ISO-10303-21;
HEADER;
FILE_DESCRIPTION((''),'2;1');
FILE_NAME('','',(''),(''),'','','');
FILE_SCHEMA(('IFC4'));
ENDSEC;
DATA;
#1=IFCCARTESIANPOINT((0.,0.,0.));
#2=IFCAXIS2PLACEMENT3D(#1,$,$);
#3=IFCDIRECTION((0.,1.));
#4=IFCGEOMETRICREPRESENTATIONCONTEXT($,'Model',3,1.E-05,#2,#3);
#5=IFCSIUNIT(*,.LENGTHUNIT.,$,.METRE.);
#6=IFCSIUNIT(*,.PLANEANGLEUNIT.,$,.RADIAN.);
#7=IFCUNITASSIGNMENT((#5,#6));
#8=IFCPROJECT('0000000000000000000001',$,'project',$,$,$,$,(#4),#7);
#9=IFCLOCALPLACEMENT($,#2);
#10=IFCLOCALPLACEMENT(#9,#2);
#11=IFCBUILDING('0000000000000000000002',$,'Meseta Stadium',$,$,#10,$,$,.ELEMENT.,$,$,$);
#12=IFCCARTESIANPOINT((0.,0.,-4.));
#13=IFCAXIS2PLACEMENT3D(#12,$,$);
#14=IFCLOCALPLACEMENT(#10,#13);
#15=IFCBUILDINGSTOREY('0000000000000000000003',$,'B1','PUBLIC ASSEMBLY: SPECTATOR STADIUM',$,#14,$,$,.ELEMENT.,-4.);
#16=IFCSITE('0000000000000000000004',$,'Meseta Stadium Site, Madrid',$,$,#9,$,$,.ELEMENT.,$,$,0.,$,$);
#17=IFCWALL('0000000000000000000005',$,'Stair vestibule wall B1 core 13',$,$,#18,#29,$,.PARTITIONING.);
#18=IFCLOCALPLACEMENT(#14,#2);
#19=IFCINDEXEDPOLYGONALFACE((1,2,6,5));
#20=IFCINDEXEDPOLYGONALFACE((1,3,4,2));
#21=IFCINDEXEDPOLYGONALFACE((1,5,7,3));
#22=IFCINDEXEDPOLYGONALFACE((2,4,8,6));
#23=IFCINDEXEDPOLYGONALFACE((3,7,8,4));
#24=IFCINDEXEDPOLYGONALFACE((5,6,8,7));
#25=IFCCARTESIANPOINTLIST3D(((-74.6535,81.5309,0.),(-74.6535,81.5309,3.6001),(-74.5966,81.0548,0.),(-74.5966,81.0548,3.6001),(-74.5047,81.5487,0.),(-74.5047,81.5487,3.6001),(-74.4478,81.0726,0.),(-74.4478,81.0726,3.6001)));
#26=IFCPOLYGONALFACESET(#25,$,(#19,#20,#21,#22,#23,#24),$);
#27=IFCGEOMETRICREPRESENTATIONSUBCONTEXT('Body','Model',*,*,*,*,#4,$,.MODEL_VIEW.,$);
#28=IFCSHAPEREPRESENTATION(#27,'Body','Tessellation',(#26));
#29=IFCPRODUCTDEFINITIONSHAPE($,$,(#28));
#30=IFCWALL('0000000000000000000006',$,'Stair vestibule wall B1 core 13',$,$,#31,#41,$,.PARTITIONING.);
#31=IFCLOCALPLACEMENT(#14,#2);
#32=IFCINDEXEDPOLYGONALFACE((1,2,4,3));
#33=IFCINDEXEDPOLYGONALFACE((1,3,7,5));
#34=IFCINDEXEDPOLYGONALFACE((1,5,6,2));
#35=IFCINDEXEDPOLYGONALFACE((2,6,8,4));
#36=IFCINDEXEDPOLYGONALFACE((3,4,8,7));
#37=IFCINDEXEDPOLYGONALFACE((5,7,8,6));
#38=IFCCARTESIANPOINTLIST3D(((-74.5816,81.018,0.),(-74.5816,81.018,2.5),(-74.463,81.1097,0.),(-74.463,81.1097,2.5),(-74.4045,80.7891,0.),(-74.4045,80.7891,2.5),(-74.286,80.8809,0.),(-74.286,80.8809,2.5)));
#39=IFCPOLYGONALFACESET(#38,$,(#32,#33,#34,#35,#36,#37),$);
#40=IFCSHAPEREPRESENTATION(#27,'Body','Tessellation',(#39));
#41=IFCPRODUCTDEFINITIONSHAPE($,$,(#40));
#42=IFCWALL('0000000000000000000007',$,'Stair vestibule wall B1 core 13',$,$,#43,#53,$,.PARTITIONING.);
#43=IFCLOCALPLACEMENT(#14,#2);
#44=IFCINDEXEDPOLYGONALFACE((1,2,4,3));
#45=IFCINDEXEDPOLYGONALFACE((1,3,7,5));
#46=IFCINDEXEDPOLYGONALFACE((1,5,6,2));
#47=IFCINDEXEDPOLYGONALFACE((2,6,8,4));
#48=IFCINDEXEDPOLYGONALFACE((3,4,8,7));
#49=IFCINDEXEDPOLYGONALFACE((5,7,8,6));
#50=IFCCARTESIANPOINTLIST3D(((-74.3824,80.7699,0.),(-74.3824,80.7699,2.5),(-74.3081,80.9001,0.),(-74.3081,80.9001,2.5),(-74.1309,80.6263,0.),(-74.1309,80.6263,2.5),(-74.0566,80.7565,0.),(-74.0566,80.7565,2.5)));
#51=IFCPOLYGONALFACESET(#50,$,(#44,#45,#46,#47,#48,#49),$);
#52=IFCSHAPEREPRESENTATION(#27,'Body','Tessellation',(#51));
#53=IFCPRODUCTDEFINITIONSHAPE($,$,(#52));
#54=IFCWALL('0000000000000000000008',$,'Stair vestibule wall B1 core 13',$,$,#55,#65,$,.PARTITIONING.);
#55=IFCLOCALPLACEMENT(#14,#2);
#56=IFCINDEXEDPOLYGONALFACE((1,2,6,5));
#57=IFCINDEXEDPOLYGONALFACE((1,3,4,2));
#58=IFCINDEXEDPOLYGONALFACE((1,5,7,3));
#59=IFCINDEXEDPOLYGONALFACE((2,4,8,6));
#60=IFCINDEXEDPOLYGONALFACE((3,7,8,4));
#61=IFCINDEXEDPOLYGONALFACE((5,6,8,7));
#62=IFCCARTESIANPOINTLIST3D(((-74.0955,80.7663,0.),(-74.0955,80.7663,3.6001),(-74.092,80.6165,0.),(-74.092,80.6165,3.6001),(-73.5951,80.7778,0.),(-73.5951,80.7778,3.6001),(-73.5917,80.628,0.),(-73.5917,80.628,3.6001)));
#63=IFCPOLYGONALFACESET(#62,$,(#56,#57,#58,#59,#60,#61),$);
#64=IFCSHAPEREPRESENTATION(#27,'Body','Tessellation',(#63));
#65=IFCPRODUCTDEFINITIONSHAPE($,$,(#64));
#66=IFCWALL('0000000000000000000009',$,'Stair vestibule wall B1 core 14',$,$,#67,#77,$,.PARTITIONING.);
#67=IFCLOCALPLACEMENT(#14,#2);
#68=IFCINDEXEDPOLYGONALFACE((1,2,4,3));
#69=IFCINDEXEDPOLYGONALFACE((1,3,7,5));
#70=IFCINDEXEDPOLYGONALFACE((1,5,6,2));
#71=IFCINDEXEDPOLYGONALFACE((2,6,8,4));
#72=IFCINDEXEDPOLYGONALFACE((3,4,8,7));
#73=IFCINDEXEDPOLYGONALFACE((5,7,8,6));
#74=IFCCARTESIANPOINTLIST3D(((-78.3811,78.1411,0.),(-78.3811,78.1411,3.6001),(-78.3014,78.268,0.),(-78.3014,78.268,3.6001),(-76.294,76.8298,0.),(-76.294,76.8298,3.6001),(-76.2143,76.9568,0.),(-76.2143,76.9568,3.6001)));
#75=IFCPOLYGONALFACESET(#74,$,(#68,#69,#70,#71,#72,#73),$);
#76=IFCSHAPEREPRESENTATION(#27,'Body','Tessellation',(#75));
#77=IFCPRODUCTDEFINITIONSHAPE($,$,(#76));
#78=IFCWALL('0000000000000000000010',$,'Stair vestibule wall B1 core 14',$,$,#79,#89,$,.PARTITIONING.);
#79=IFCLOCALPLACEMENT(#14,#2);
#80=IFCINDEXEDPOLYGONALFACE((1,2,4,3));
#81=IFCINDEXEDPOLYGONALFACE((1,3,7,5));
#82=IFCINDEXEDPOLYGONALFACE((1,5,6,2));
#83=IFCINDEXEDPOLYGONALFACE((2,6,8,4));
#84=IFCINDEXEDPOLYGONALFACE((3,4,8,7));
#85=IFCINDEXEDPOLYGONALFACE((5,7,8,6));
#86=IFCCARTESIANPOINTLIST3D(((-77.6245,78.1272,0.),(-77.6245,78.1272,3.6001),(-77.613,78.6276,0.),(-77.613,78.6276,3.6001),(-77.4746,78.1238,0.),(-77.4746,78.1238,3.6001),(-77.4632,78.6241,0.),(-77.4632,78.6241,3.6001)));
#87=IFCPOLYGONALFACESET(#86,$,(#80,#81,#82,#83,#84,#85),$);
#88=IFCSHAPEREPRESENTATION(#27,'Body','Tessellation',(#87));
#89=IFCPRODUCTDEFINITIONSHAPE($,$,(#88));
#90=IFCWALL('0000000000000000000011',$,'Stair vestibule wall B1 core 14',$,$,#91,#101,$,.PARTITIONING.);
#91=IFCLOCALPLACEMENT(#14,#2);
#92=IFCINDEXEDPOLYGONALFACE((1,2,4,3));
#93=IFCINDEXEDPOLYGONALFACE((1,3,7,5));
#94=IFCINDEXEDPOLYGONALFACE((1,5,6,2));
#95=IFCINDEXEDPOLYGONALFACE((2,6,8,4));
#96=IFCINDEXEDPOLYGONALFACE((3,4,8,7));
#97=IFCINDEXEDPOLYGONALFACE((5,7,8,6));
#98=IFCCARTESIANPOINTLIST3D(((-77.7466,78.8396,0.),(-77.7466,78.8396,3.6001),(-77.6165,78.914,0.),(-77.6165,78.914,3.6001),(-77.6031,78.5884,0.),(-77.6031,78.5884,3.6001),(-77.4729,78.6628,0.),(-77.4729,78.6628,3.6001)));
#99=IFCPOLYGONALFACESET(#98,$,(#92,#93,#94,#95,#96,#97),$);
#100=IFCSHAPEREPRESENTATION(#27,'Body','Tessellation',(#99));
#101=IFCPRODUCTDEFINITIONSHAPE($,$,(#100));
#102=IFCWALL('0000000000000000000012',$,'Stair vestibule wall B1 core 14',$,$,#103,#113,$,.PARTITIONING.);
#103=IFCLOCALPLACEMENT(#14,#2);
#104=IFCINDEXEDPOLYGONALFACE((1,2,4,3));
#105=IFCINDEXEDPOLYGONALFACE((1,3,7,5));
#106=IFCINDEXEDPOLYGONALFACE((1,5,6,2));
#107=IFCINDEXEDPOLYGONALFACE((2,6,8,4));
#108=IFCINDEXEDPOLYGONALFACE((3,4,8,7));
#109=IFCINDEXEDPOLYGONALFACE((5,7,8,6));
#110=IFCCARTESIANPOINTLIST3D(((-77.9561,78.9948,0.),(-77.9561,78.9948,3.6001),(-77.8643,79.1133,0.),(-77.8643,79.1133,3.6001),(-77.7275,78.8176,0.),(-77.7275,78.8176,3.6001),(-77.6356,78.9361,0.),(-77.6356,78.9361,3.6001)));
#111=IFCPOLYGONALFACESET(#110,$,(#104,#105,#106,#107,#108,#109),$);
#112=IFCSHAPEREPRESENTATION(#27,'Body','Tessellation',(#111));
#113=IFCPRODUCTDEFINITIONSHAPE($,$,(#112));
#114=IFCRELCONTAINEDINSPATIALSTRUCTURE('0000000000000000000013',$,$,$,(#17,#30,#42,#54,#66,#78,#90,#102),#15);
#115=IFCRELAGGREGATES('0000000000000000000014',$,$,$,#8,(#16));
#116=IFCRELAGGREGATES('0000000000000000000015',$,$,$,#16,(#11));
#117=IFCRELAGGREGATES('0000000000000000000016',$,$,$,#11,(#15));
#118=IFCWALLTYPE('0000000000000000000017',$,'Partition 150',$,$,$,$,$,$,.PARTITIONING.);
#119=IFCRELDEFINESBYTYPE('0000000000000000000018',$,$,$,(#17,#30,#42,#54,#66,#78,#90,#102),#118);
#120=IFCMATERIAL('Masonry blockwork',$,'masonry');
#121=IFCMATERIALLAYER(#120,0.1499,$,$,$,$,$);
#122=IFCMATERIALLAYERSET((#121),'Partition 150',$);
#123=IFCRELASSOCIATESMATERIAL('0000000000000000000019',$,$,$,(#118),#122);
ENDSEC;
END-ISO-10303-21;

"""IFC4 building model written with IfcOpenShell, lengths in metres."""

from ifc_helpers import new_model, si_unit, direction, frame, frame_2d, origin, place, context, subcontext, project, spatial, rectangle, extrude, material, layer, layer_set, type_object, element, save


model = new_model("IFC4")

# Units and contexts
model_context = context("Model", 3, precision=1e-05, world=origin(), true_north=direction((0.0, 1.0)))
body_context = subcontext(model_context, "Body", "Model", "MODEL_VIEW")
ifc_project = project(units=[si_unit("LENGTHUNIT", "METRE"), si_unit("PLANEANGLEUNIT", "RADIAN")], contexts=[model_context])

# Site, building, storey
site_placement = place(None, origin())
site = spatial("IfcSite", under=ifc_project, at=site_placement, Name="Meseta Stadium Site, Madrid", CompositionType="ELEMENT", RefElevation=0.0)
building_placement = place(site_placement, origin())
building = spatial("IfcBuilding", under=site, at=building_placement, Name="Meseta Stadium", CompositionType="ELEMENT")
storey_placement = place(building_placement, frame((0.0, 0.0, -4.0)))
storey = spatial("IfcBuildingStorey", under=building, at=storey_placement, Name="B1", Description="PUBLIC ASSEMBLY: SPECTATOR STADIUM", CompositionType="ELEMENT", Elevation=-4.0)

# Walls
ifc_material_1 = material(Name="Masonry blockwork", Category="masonry")
ifc_layer = layer(ifc_material_1, 0.1499)
ifc_layer_set = layer_set([ifc_layer], Name="Partition 150")
wall_type = type_object("IfcWallType", Name="Partition 150", PredefinedType="PARTITIONING", material=ifc_layer_set)
wall_1_placement = place(storey_placement, frame((-74.5791, 81.5398, 0.0), z_axis=(0.0, 0.0, 1.0), x_axis=(0.118643, -0.992937, 0.0)))
element("IfcWall", 1, at=wall_1_placement, inside=storey, type_object=wall_type, Name="Stair vestibule wall B1 core 13", PredefinedType="PARTITIONING", context=body_context, shape_type="SweptSolid", body=[
    extrude(rectangle(XDim=0.4795, YDim=0.1499, at=frame_2d((0.2397, 0.0))), origin(), (0.0, 0.0, 1.0), 3.6001),
])
wall_2_placement = place(storey_placement, frame((-74.5222, 81.0637, 0.0), z_axis=(0.0, 0.0, 1.0), x_axis=(0.611952, -0.790895, 0.0)))
element("IfcWall", 2, at=wall_2_placement, inside=storey, type_object=wall_type, Name="Stair vestibule wall B1 core 13", PredefinedType="PARTITIONING", context=body_context, shape_type="SweptSolid", body=[
    extrude(rectangle(XDim=0.2893, YDim=0.1499, at=frame_2d((0.1445, 0.0))), origin(), (0.0, 0.0, 1.0), 2.5),
])
wall_3_placement = place(storey_placement, frame((-74.3452, 80.835, 0.0), z_axis=(0.0, 0.0, 1.0), x_axis=(0.868451, -0.495776, 0.0)))
element("IfcWall", 3, at=wall_3_placement, inside=storey, type_object=wall_type, Name="Stair vestibule wall B1 core 13", PredefinedType="PARTITIONING", context=body_context, shape_type="SweptSolid", body=[
    extrude(rectangle(XDim=0.2896, YDim=0.1499, at=frame_2d((0.1448, 0.0))), origin(), (0.0, 0.0, 1.0), 2.5),
])
wall_4_placement = place(storey_placement, frame((-74.0938, 80.6914, 0.0), z_axis=(0.0, 0.0, 1.0), x_axis=(0.999737, 0.022932, 0.0)))
element("IfcWall", 4, at=wall_4_placement, inside=storey, type_object=wall_type, Name="Stair vestibule wall B1 core 13", PredefinedType="PARTITIONING", context=body_context, shape_type="SweptSolid", body=[
    extrude(rectangle(XDim=0.5005, YDim=0.1499, at=frame_2d((0.2502, 0.0))), origin(), (0.0, 0.0, 1.0), 3.6001),
])
wall_5_placement = place(storey_placement, frame((-76.2542, 76.8933, 0.0), z_axis=(0.0, 0.0, 1.0), x_axis=(-0.846755, 0.531983, 0.0)))
element("IfcWall", 5, at=wall_5_placement, inside=storey, type_object=wall_type, Name="Stair vestibule wall B1 core 14", PredefinedType="PARTITIONING", context=body_context, shape_type="SweptSolid", body=[
    extrude(rectangle(XDim=2.4648, YDim=0.1499, at=frame_2d((1.2324, 0.0))), origin(), (0.0, 0.0, 1.0), 3.6001),
])
wall_6_placement = place(storey_placement, frame((-77.5496, 78.1255, 0.0), z_axis=(0.0, 0.0, 1.0), x_axis=(0.022932, 0.999737, 0.0)))
element("IfcWall", 6, at=wall_6_placement, inside=storey, type_object=wall_type, Name="Stair vestibule wall B1 core 14", PredefinedType="PARTITIONING", context=body_context, shape_type="SweptSolid", body=[
    extrude(rectangle(XDim=0.5005, YDim=0.1499, at=frame_2d((0.2502, 0.0))), origin(), (0.0, 0.0, 1.0), 3.6001),
])
for number, where, z_axis, x_axis, name in (
    (7, (-77.5381, 78.6257, 0.0), (0.0, 0.0, 1.0), (-0.496139, 0.868243, 0.0), "Stair vestibule wall B1 core 14"),
    (8, (-77.6816, 78.877, 0.0), (0.0, 0.0, 1.0), (-0.790487, 0.612479, 0.0), "Stair vestibule wall B1 core 14"),
):
    element("IfcWall", number, at=place(storey_placement, frame(where, z_axis=z_axis, x_axis=x_axis)), inside=storey, type_object=wall_type, Name=name, PredefinedType="PARTITIONING", context=body_context, shape_type="SweptSolid", body=[
        extrude(rectangle(XDim=0.2893, YDim=0.1499, at=frame_2d((0.1445, 0.0))), origin(), (0.0, 0.0, 1.0), 3.6001),
    ])

save(model, "model.ifc")
